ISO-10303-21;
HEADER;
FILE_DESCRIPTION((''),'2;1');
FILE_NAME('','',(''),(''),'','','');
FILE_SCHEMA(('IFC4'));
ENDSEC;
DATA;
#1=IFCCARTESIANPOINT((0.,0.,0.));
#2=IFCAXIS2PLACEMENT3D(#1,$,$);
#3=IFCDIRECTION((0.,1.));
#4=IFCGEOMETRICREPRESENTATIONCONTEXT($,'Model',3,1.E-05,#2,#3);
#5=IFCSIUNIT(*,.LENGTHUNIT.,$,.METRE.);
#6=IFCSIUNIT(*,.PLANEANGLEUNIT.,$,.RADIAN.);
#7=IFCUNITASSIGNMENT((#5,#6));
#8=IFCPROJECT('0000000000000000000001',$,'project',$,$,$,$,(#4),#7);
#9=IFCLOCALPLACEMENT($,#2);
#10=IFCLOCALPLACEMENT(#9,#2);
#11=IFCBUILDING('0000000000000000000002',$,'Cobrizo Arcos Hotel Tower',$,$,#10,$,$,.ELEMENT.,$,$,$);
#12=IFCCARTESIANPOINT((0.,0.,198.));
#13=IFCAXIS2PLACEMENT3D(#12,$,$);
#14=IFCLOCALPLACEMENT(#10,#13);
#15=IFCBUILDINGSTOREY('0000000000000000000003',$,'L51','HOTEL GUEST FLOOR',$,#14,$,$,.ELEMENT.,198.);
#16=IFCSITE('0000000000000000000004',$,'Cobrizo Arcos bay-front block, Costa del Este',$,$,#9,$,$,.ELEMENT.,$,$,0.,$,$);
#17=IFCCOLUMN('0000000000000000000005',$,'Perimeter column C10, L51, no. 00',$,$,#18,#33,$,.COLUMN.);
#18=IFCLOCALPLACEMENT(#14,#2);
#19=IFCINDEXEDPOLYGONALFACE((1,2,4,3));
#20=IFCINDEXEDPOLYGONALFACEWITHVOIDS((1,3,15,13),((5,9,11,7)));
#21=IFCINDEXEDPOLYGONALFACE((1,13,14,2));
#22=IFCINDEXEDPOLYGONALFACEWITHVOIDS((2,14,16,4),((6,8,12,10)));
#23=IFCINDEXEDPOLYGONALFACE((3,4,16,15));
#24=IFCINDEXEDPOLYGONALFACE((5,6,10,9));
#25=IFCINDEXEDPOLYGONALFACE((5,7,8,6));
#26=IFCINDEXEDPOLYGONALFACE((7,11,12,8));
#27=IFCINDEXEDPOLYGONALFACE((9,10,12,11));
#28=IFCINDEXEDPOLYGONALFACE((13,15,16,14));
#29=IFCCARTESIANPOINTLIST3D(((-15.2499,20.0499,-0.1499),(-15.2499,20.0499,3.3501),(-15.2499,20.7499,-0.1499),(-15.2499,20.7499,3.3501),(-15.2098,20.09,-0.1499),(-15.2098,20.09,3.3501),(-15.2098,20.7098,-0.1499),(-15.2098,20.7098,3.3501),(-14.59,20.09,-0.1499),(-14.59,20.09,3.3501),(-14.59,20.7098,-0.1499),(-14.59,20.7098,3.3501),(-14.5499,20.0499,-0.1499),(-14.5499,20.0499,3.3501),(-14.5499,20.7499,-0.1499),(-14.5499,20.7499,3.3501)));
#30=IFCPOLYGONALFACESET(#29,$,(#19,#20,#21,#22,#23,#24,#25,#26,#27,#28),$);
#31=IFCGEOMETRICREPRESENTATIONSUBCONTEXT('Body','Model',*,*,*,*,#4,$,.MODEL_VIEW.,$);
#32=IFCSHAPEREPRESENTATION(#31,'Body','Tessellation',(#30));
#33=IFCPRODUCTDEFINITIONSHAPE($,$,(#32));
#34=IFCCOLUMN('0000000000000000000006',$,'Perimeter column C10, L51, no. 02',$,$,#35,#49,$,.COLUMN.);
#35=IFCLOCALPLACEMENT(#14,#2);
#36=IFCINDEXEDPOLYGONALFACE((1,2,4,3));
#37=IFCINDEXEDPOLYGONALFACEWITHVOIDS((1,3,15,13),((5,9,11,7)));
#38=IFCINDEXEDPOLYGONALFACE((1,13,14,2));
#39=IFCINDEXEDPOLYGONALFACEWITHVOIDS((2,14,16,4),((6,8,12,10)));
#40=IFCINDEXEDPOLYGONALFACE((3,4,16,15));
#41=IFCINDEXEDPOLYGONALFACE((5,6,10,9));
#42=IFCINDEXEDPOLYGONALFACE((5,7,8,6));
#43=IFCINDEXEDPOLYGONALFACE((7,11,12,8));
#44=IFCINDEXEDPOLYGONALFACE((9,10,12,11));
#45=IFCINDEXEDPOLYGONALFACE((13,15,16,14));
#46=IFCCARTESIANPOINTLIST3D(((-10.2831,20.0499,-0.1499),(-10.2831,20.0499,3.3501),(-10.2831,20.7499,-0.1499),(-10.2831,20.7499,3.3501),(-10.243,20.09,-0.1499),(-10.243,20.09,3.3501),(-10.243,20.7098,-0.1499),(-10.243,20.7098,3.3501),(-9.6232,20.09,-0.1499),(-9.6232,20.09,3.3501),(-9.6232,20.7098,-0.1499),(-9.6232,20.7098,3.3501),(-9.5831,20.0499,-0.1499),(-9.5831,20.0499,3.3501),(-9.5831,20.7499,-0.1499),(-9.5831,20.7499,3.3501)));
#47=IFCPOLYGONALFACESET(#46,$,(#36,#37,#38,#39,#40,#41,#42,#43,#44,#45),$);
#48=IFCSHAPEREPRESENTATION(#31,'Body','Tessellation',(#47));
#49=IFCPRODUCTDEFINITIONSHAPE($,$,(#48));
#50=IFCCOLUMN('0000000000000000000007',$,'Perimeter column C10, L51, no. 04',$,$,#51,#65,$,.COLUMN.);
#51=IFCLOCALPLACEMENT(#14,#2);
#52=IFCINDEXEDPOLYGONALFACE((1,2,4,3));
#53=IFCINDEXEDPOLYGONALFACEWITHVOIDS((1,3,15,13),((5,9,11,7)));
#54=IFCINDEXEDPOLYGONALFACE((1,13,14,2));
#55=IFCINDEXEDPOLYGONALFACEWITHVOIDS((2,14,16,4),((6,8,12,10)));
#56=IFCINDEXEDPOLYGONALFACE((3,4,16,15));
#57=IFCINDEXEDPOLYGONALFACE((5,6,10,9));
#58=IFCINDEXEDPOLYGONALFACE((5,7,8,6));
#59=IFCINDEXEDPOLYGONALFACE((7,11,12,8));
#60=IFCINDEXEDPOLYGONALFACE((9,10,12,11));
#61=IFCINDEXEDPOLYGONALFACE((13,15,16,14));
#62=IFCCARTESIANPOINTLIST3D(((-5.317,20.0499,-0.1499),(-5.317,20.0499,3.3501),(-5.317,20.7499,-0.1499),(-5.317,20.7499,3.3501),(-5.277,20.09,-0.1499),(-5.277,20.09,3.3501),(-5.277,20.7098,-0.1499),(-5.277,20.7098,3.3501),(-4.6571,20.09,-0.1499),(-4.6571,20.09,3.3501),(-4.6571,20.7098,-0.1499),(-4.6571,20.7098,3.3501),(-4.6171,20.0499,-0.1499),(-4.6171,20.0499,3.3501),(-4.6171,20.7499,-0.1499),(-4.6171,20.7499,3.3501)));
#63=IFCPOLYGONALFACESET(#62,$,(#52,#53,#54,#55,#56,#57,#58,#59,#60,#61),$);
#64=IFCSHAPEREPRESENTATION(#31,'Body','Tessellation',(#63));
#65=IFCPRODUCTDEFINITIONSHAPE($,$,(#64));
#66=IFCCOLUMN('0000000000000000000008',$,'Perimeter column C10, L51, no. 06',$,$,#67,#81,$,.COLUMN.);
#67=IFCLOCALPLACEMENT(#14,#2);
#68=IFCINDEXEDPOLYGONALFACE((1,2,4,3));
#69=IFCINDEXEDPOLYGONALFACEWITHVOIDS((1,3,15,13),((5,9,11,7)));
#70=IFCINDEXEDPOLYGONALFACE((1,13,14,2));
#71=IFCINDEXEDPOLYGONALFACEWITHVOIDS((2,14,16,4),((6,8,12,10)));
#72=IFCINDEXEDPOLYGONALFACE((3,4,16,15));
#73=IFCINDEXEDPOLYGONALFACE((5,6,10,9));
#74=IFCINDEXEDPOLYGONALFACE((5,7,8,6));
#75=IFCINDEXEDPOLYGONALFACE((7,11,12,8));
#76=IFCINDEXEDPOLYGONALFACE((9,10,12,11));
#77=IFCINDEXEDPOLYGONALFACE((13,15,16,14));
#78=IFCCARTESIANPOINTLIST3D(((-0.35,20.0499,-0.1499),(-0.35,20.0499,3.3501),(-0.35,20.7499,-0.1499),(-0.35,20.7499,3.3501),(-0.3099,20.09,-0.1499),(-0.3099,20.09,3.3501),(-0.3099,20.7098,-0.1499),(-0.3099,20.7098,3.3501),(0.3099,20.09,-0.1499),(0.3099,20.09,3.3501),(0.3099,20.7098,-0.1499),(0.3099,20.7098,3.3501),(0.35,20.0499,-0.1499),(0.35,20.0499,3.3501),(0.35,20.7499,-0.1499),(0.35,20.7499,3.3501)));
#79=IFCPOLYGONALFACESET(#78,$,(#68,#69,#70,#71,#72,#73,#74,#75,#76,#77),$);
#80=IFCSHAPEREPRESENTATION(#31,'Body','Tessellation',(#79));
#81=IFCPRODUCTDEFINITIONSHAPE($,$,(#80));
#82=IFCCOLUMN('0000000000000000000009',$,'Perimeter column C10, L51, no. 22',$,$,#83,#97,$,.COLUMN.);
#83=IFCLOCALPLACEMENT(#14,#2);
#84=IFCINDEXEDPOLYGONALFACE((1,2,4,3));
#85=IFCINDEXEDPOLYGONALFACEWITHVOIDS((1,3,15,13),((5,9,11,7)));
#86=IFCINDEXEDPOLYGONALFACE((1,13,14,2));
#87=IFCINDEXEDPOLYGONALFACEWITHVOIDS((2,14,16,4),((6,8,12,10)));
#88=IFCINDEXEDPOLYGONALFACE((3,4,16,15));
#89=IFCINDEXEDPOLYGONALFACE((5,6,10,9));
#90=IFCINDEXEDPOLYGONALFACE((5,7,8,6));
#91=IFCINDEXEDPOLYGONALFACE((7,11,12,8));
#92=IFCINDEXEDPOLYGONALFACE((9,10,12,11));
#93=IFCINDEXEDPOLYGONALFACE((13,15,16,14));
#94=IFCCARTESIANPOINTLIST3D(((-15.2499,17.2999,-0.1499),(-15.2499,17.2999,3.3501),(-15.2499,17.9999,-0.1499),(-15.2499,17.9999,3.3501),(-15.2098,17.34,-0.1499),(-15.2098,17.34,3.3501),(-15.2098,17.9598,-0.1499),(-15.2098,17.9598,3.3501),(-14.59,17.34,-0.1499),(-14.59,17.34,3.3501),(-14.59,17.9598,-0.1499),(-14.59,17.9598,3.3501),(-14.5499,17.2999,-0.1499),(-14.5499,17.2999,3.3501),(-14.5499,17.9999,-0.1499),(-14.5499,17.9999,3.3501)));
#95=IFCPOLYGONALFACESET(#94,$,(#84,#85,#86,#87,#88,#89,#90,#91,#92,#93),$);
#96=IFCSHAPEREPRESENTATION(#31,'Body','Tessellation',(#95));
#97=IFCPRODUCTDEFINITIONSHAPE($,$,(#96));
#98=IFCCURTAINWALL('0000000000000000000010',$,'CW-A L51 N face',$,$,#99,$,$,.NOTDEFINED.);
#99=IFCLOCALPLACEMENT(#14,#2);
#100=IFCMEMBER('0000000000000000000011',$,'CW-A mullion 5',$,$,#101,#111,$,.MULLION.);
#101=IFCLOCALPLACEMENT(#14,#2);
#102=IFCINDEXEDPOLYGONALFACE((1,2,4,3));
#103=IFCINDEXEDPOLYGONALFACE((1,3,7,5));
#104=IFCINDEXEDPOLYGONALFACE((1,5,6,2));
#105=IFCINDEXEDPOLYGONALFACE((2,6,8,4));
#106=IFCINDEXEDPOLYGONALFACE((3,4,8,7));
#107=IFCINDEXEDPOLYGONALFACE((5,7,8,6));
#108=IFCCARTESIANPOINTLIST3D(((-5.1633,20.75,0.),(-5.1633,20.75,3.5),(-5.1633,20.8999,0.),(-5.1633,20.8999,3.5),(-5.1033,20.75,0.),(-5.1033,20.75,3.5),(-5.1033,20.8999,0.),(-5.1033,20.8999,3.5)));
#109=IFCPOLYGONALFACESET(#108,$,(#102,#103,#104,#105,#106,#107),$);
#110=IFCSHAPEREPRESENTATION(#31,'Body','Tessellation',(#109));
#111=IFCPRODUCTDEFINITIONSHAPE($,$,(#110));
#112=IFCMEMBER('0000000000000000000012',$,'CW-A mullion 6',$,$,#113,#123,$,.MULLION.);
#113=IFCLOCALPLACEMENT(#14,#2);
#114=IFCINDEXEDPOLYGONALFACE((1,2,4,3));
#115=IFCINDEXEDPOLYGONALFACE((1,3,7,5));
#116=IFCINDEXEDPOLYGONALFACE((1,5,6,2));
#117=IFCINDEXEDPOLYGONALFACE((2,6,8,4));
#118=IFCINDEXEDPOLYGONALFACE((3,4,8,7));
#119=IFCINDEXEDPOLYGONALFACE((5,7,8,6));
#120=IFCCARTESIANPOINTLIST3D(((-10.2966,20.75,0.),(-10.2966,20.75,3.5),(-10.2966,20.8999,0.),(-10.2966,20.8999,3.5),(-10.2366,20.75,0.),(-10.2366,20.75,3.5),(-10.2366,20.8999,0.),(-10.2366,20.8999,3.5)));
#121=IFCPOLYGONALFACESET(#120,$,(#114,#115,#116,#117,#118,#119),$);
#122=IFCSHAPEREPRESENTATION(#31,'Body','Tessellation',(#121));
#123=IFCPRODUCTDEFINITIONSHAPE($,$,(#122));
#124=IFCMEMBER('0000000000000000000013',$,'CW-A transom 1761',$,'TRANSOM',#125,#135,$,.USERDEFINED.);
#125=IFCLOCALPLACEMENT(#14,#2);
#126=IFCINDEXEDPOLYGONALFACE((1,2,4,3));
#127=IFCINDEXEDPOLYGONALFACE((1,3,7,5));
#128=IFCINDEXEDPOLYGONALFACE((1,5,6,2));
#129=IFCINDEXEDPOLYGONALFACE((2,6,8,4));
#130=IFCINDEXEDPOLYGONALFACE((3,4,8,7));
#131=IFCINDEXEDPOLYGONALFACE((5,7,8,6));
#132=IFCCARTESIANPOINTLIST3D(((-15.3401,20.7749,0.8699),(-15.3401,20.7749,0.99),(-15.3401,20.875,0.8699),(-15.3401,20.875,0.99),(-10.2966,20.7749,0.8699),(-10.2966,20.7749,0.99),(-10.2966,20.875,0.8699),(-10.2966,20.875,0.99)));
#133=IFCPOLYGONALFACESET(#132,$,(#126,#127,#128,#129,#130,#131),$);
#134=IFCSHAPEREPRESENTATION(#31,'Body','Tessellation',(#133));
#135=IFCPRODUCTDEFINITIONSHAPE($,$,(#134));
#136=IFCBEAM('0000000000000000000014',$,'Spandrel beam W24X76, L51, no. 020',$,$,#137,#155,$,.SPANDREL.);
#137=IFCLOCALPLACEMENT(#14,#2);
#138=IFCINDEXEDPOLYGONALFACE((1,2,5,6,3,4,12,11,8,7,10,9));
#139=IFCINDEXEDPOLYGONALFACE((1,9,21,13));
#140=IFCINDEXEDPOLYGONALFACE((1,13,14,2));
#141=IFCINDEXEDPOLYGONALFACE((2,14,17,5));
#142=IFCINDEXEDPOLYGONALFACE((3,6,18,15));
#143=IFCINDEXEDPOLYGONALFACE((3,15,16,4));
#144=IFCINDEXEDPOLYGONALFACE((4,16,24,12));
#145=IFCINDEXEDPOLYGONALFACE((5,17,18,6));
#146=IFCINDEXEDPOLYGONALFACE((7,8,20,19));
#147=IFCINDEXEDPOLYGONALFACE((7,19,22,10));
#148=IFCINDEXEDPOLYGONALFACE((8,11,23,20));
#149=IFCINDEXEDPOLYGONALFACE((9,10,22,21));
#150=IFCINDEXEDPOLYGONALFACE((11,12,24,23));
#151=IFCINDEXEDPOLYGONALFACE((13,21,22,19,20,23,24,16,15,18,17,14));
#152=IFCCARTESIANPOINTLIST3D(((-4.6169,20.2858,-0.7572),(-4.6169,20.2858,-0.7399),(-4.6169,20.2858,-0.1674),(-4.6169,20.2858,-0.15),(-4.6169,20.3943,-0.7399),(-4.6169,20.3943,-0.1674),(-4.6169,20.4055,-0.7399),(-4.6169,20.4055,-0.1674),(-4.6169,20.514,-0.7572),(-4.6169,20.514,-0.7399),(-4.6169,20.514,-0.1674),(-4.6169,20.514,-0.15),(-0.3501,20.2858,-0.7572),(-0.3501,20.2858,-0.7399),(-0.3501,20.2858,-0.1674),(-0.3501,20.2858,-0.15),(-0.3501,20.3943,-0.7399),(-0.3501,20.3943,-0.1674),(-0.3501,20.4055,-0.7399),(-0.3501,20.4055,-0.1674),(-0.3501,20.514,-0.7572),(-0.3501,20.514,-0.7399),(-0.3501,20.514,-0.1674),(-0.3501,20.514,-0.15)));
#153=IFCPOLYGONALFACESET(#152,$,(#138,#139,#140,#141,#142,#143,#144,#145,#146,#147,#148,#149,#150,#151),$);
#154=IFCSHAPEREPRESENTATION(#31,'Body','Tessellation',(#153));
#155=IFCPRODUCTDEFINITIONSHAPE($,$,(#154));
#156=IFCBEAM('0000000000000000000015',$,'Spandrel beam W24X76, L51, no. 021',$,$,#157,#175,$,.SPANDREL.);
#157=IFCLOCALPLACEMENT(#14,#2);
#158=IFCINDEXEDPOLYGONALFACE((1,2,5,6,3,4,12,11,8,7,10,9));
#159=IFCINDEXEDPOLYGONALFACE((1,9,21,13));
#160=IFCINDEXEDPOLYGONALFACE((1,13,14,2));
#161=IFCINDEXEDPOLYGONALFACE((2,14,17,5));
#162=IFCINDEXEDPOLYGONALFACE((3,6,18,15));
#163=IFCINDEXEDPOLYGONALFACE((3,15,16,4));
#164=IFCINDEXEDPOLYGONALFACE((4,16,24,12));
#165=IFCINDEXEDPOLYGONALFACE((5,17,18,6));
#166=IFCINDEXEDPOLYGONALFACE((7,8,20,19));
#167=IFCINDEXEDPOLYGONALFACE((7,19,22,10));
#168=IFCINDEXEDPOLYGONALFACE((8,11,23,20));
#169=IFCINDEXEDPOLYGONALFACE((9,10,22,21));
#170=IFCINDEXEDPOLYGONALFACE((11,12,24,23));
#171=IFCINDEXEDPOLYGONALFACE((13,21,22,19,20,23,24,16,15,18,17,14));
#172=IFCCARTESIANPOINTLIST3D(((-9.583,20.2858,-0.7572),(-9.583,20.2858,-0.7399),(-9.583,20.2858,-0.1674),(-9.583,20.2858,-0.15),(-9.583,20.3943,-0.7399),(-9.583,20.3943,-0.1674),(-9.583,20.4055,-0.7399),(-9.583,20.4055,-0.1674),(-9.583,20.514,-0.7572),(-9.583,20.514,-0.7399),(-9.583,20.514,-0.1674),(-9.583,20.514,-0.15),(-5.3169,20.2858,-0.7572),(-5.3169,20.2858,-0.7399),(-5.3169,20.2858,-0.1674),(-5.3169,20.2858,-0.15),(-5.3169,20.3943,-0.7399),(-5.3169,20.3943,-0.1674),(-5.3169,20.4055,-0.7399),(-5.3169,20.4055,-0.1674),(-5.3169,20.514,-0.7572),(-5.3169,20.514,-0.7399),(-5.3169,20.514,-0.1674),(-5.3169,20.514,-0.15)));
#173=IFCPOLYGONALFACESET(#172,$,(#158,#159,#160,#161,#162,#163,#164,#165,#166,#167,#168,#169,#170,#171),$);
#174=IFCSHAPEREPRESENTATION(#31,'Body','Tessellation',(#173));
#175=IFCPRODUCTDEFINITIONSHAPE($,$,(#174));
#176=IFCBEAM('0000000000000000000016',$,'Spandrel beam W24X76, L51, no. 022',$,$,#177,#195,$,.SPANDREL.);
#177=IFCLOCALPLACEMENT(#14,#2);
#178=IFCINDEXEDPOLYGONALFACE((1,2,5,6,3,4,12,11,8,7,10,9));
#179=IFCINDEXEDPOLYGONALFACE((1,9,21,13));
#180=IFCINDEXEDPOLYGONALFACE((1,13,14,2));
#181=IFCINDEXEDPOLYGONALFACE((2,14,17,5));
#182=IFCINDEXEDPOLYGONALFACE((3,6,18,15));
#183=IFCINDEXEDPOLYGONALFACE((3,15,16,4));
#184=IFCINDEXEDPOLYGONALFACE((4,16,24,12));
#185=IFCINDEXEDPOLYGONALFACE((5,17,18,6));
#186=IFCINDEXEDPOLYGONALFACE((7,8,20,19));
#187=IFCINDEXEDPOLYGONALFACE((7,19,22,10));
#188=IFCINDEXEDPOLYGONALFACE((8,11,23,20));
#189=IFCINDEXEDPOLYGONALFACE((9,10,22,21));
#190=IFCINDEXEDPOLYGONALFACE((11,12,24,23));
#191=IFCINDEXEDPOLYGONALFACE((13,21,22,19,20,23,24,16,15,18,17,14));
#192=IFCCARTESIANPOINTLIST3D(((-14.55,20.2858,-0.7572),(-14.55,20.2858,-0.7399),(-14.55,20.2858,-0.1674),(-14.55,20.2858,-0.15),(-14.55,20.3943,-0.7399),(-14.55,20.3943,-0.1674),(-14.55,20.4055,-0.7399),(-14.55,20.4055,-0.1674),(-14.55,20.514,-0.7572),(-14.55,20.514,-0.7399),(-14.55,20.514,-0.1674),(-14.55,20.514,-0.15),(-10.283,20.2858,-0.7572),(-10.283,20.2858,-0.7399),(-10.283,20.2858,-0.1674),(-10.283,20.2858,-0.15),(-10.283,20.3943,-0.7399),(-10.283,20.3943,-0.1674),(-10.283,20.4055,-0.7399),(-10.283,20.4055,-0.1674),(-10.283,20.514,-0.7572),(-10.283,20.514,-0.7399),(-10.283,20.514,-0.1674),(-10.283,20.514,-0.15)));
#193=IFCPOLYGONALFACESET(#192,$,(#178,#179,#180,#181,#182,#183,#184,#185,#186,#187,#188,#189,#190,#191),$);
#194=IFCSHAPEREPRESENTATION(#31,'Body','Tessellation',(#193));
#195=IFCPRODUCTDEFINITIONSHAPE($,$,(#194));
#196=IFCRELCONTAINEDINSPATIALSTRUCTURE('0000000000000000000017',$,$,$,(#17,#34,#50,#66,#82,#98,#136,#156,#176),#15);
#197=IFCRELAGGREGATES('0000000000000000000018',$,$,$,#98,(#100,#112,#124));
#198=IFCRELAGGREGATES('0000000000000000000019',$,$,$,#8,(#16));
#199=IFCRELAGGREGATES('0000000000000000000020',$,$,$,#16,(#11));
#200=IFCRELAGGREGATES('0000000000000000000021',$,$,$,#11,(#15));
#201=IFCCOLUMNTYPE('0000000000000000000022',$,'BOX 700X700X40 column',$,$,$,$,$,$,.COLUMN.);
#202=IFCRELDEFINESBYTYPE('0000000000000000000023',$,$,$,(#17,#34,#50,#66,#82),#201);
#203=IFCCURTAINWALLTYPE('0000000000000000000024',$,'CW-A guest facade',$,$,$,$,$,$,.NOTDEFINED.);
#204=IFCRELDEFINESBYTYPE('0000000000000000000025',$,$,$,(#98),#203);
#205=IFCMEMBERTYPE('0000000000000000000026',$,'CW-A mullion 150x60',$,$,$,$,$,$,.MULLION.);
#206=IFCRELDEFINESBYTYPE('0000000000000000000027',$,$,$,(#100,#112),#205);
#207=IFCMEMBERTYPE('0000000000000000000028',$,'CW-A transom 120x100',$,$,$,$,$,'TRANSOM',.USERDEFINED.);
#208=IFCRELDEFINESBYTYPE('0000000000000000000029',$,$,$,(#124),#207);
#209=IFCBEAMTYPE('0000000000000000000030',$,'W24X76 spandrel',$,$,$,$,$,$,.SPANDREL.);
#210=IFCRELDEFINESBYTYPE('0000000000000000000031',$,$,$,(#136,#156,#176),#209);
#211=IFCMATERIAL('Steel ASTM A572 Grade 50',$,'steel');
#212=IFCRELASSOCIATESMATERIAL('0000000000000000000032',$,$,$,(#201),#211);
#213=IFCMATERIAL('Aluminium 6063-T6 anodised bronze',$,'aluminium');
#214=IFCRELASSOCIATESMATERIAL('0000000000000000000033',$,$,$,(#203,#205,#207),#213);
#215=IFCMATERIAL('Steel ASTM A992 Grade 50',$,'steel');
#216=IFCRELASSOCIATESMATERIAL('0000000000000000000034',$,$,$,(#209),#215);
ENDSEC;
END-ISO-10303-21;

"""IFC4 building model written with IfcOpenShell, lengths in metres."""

from ifc_helpers import new_model, si_unit, direction, frame, origin, origin_2d, place, context, subcontext, project, spatial, rectangle, hollow_rectangle, i_section, extrude, material, material_profile, profile_set, type_object, element, aggregate, save


model = new_model("IFC4")

# Units and contexts
model_context = context("Model", 3, precision=1e-05, world=origin(), true_north=direction((0.0, 1.0)))
body_context = subcontext(model_context, "Body", "Model", "MODEL_VIEW")
ifc_project = project(units=[si_unit("LENGTHUNIT", "METRE"), si_unit("PLANEANGLEUNIT", "RADIAN")], contexts=[model_context])

# Site, building, storey
site_placement = place(None, origin())
site = spatial("IfcSite", under=ifc_project, at=site_placement, Name="Cobrizo Arcos bay-front block, Costa del Este", CompositionType="ELEMENT", RefElevation=0.0)
building_placement = place(site_placement, origin())
building = spatial("IfcBuilding", under=site, at=building_placement, Name="Cobrizo Arcos Hotel Tower", CompositionType="ELEMENT")
storey_placement = place(building_placement, frame((0.0, 0.0, 198.0)))
storey = spatial("IfcBuildingStorey", under=building, at=storey_placement, Name="L51", Description="HOTEL GUEST FLOOR", CompositionType="ELEMENT", Elevation=198.0)

# Columns
ifc_material_1 = material(Name="Steel ASTM A572 Grade 50", Category="steel")
ifc_material_profile_1 = material_profile(ifc_material_1, hollow_rectangle(XDim=0.7, YDim=0.7, WallThickness=0.04, at=origin_2d()), Name="BOX 700X700X40")
ifc_profile_set_1 = profile_set([ifc_material_profile_1], Name="Steel ASTM A572 Grade 50")
column_type = type_object("IfcColumnType", Name="BOX 700X700X40 column", PredefinedType="COLUMN", material=ifc_profile_set_1)
for number, where, z_axis, x_axis, name in (
    (1, (-14.8999, 20.3999, -0.1499), (0.0, 0.0, 1.0), (1.0, 0.0, 0.0), "Perimeter column C10, L51, no. 00"),
    (2, (-9.9331, 20.3999, -0.1499), (0.0, 0.0, 1.0), (1.0, 0.0, 0.0), "Perimeter column C10, L51, no. 02"),
    (3, (-4.967, 20.3999, -0.1499), (0.0, 0.0, 1.0), (1.0, 0.0, 0.0), "Perimeter column C10, L51, no. 04"),
    (4, (0.0, 20.3999, -0.1499), (0.0, 0.0, 1.0), (1.0, 0.0, 0.0), "Perimeter column C10, L51, no. 06"),
    (5, (-14.8999, 17.6499, -0.1499), (0.0, 0.0, 1.0), (1.0, 0.0, 0.0), "Perimeter column C10, L51, no. 22"),
):
    element("IfcColumn", number, at=place(storey_placement, frame(where, z_axis=z_axis, x_axis=x_axis)), inside=storey, type_object=column_type, Name=name, PredefinedType="COLUMN", context=body_context, shape_type="SweptSolid", body=[
        extrude(hollow_rectangle(XDim=0.7, YDim=0.7, WallThickness=0.04, at=origin_2d()), origin(), (0.0, 0.0, 1.0), 3.5),
    ])

# Curtain wall, members
ifc_material_2 = material(Name="Aluminium 6063-T6 anodised bronze", Category="aluminium")
curtain_wall_type = type_object("IfcCurtainWallType", Name="CW-A guest facade", PredefinedType="NOTDEFINED", material=ifc_material_2)
curtain_wall_placement = place(storey_placement, origin())
curtain_wall = element("IfcCurtainWall", 6, at=curtain_wall_placement, inside=storey, type_object=curtain_wall_type, Name="CW-A L51 N face", PredefinedType="NOTDEFINED")
ifc_material_profile_2 = material_profile(ifc_material_2, rectangle(XDim=0.1499, YDim=0.0601, at=origin_2d()), Name="CW-A mullion 150x60")
ifc_profile_set_2 = profile_set([ifc_material_profile_2], Name="Aluminium 6063-T6 anodised bronze")
member_type_1 = type_object("IfcMemberType", Name="CW-A mullion 150x60", PredefinedType="MULLION", material=ifc_profile_set_2)
member_1_placement = place(storey_placement, frame((-5.1333, 20.825, 0.0), z_axis=(0.0, 0.0, 1.0), x_axis=(0.0, 1.0, 0.0)))
member_1 = element("IfcMember", 7, at=member_1_placement, type_object=member_type_1, Name="CW-A mullion 5", PredefinedType="MULLION", context=body_context, shape_type="SweptSolid", body=[
    extrude(rectangle(XDim=0.1499, YDim=0.0601, at=origin_2d()), origin(), (0.0, 0.0, 1.0), 3.5),
])
member_2_placement = place(storey_placement, frame((-10.2666, 20.825, 0.0), z_axis=(0.0, 0.0, 1.0), x_axis=(0.0, 1.0, 0.0)))
member_2 = element("IfcMember", 8, at=member_2_placement, type_object=member_type_1, Name="CW-A mullion 6", PredefinedType="MULLION", context=body_context, shape_type="SweptSolid", body=[
    extrude(rectangle(XDim=0.1499, YDim=0.0601, at=origin_2d()), origin(), (0.0, 0.0, 1.0), 3.5),
])
ifc_material_profile_3 = material_profile(ifc_material_2, rectangle(XDim=0.1001, YDim=0.1201, at=origin_2d()), Name="CW-A transom 120x100")
ifc_profile_set_3 = profile_set([ifc_material_profile_3], Name="Aluminium 6063-T6 anodised bronze")
member_type_2 = type_object("IfcMemberType", Name="CW-A transom 120x100", ElementType="TRANSOM", PredefinedType="USERDEFINED", material=ifc_profile_set_3)
member_3_placement = place(storey_placement, frame((-10.2966, 20.825, 0.9299), z_axis=(-1.0, 0.0, 0.0), x_axis=(0.0, -1.0, 0.0)))
member_3 = element("IfcMember", 9, at=member_3_placement, type_object=member_type_2, Name="CW-A transom 1761", ObjectType="TRANSOM", PredefinedType="USERDEFINED", context=body_context, shape_type="SweptSolid", body=[
    extrude(rectangle(XDim=0.1001, YDim=0.1201, at=origin_2d()), origin(), (0.0, 0.0, 1.0), 5.0435),
])

# Beams
ifc_material_3 = material(Name="Steel ASTM A992 Grade 50", Category="steel")
ifc_material_profile_4 = material_profile(ifc_material_3, i_section(OverallWidth=0.2283, OverallDepth=0.6072, WebThickness=0.0112, FlangeThickness=0.0173, at=origin_2d()), Name="W24X76")
ifc_profile_set_4 = profile_set([ifc_material_profile_4], Name="Steel ASTM A992 Grade 50")
beam_type = type_object("IfcBeamType", Name="W24X76 spandrel", PredefinedType="SPANDREL", material=ifc_profile_set_4)
beam_1_placement = place(storey_placement, frame((-0.3501, 20.3999, -0.4536), z_axis=(-1.0, 0.0, 0.0), x_axis=(0.0, -1.0, 0.0)))
element("IfcBeam", 10, at=beam_1_placement, inside=storey, type_object=beam_type, Name="Spandrel beam W24X76, L51, no. 020", PredefinedType="SPANDREL", context=body_context, shape_type="SweptSolid", body=[
    extrude(i_section(OverallWidth=0.2283, OverallDepth=0.6072, WebThickness=0.0112, FlangeThickness=0.0173, at=origin_2d()), origin(), (0.0, 0.0, 1.0), 4.2668),
])
beam_2_placement = place(storey_placement, frame((-5.3169, 20.3999, -0.4536), z_axis=(-1.0, 0.0, 0.0), x_axis=(0.0, -1.0, 0.0)))
element("IfcBeam", 11, at=beam_2_placement, inside=storey, type_object=beam_type, Name="Spandrel beam W24X76, L51, no. 021", PredefinedType="SPANDREL", context=body_context, shape_type="SweptSolid", body=[
    extrude(i_section(OverallWidth=0.2283, OverallDepth=0.6072, WebThickness=0.0112, FlangeThickness=0.0173, at=origin_2d()), origin(), (0.0, 0.0, 1.0), 4.2661),
])
beam_3_placement = place(storey_placement, frame((-10.283, 20.3999, -0.4536), z_axis=(-1.0, 0.0, 0.0), x_axis=(0.0, -1.0, 0.0)))
element("IfcBeam", 12, at=beam_3_placement, inside=storey, type_object=beam_type, Name="Spandrel beam W24X76, L51, no. 022", PredefinedType="SPANDREL", context=body_context, shape_type="SweptSolid", body=[
    extrude(i_section(OverallWidth=0.2283, OverallDepth=0.6072, WebThickness=0.0112, FlangeThickness=0.0173, at=origin_2d()), origin(), (0.0, 0.0, 1.0), 4.2671),
])

aggregate(curtain_wall, [member_1, member_2, member_3])

save(model, "model.ifc")
